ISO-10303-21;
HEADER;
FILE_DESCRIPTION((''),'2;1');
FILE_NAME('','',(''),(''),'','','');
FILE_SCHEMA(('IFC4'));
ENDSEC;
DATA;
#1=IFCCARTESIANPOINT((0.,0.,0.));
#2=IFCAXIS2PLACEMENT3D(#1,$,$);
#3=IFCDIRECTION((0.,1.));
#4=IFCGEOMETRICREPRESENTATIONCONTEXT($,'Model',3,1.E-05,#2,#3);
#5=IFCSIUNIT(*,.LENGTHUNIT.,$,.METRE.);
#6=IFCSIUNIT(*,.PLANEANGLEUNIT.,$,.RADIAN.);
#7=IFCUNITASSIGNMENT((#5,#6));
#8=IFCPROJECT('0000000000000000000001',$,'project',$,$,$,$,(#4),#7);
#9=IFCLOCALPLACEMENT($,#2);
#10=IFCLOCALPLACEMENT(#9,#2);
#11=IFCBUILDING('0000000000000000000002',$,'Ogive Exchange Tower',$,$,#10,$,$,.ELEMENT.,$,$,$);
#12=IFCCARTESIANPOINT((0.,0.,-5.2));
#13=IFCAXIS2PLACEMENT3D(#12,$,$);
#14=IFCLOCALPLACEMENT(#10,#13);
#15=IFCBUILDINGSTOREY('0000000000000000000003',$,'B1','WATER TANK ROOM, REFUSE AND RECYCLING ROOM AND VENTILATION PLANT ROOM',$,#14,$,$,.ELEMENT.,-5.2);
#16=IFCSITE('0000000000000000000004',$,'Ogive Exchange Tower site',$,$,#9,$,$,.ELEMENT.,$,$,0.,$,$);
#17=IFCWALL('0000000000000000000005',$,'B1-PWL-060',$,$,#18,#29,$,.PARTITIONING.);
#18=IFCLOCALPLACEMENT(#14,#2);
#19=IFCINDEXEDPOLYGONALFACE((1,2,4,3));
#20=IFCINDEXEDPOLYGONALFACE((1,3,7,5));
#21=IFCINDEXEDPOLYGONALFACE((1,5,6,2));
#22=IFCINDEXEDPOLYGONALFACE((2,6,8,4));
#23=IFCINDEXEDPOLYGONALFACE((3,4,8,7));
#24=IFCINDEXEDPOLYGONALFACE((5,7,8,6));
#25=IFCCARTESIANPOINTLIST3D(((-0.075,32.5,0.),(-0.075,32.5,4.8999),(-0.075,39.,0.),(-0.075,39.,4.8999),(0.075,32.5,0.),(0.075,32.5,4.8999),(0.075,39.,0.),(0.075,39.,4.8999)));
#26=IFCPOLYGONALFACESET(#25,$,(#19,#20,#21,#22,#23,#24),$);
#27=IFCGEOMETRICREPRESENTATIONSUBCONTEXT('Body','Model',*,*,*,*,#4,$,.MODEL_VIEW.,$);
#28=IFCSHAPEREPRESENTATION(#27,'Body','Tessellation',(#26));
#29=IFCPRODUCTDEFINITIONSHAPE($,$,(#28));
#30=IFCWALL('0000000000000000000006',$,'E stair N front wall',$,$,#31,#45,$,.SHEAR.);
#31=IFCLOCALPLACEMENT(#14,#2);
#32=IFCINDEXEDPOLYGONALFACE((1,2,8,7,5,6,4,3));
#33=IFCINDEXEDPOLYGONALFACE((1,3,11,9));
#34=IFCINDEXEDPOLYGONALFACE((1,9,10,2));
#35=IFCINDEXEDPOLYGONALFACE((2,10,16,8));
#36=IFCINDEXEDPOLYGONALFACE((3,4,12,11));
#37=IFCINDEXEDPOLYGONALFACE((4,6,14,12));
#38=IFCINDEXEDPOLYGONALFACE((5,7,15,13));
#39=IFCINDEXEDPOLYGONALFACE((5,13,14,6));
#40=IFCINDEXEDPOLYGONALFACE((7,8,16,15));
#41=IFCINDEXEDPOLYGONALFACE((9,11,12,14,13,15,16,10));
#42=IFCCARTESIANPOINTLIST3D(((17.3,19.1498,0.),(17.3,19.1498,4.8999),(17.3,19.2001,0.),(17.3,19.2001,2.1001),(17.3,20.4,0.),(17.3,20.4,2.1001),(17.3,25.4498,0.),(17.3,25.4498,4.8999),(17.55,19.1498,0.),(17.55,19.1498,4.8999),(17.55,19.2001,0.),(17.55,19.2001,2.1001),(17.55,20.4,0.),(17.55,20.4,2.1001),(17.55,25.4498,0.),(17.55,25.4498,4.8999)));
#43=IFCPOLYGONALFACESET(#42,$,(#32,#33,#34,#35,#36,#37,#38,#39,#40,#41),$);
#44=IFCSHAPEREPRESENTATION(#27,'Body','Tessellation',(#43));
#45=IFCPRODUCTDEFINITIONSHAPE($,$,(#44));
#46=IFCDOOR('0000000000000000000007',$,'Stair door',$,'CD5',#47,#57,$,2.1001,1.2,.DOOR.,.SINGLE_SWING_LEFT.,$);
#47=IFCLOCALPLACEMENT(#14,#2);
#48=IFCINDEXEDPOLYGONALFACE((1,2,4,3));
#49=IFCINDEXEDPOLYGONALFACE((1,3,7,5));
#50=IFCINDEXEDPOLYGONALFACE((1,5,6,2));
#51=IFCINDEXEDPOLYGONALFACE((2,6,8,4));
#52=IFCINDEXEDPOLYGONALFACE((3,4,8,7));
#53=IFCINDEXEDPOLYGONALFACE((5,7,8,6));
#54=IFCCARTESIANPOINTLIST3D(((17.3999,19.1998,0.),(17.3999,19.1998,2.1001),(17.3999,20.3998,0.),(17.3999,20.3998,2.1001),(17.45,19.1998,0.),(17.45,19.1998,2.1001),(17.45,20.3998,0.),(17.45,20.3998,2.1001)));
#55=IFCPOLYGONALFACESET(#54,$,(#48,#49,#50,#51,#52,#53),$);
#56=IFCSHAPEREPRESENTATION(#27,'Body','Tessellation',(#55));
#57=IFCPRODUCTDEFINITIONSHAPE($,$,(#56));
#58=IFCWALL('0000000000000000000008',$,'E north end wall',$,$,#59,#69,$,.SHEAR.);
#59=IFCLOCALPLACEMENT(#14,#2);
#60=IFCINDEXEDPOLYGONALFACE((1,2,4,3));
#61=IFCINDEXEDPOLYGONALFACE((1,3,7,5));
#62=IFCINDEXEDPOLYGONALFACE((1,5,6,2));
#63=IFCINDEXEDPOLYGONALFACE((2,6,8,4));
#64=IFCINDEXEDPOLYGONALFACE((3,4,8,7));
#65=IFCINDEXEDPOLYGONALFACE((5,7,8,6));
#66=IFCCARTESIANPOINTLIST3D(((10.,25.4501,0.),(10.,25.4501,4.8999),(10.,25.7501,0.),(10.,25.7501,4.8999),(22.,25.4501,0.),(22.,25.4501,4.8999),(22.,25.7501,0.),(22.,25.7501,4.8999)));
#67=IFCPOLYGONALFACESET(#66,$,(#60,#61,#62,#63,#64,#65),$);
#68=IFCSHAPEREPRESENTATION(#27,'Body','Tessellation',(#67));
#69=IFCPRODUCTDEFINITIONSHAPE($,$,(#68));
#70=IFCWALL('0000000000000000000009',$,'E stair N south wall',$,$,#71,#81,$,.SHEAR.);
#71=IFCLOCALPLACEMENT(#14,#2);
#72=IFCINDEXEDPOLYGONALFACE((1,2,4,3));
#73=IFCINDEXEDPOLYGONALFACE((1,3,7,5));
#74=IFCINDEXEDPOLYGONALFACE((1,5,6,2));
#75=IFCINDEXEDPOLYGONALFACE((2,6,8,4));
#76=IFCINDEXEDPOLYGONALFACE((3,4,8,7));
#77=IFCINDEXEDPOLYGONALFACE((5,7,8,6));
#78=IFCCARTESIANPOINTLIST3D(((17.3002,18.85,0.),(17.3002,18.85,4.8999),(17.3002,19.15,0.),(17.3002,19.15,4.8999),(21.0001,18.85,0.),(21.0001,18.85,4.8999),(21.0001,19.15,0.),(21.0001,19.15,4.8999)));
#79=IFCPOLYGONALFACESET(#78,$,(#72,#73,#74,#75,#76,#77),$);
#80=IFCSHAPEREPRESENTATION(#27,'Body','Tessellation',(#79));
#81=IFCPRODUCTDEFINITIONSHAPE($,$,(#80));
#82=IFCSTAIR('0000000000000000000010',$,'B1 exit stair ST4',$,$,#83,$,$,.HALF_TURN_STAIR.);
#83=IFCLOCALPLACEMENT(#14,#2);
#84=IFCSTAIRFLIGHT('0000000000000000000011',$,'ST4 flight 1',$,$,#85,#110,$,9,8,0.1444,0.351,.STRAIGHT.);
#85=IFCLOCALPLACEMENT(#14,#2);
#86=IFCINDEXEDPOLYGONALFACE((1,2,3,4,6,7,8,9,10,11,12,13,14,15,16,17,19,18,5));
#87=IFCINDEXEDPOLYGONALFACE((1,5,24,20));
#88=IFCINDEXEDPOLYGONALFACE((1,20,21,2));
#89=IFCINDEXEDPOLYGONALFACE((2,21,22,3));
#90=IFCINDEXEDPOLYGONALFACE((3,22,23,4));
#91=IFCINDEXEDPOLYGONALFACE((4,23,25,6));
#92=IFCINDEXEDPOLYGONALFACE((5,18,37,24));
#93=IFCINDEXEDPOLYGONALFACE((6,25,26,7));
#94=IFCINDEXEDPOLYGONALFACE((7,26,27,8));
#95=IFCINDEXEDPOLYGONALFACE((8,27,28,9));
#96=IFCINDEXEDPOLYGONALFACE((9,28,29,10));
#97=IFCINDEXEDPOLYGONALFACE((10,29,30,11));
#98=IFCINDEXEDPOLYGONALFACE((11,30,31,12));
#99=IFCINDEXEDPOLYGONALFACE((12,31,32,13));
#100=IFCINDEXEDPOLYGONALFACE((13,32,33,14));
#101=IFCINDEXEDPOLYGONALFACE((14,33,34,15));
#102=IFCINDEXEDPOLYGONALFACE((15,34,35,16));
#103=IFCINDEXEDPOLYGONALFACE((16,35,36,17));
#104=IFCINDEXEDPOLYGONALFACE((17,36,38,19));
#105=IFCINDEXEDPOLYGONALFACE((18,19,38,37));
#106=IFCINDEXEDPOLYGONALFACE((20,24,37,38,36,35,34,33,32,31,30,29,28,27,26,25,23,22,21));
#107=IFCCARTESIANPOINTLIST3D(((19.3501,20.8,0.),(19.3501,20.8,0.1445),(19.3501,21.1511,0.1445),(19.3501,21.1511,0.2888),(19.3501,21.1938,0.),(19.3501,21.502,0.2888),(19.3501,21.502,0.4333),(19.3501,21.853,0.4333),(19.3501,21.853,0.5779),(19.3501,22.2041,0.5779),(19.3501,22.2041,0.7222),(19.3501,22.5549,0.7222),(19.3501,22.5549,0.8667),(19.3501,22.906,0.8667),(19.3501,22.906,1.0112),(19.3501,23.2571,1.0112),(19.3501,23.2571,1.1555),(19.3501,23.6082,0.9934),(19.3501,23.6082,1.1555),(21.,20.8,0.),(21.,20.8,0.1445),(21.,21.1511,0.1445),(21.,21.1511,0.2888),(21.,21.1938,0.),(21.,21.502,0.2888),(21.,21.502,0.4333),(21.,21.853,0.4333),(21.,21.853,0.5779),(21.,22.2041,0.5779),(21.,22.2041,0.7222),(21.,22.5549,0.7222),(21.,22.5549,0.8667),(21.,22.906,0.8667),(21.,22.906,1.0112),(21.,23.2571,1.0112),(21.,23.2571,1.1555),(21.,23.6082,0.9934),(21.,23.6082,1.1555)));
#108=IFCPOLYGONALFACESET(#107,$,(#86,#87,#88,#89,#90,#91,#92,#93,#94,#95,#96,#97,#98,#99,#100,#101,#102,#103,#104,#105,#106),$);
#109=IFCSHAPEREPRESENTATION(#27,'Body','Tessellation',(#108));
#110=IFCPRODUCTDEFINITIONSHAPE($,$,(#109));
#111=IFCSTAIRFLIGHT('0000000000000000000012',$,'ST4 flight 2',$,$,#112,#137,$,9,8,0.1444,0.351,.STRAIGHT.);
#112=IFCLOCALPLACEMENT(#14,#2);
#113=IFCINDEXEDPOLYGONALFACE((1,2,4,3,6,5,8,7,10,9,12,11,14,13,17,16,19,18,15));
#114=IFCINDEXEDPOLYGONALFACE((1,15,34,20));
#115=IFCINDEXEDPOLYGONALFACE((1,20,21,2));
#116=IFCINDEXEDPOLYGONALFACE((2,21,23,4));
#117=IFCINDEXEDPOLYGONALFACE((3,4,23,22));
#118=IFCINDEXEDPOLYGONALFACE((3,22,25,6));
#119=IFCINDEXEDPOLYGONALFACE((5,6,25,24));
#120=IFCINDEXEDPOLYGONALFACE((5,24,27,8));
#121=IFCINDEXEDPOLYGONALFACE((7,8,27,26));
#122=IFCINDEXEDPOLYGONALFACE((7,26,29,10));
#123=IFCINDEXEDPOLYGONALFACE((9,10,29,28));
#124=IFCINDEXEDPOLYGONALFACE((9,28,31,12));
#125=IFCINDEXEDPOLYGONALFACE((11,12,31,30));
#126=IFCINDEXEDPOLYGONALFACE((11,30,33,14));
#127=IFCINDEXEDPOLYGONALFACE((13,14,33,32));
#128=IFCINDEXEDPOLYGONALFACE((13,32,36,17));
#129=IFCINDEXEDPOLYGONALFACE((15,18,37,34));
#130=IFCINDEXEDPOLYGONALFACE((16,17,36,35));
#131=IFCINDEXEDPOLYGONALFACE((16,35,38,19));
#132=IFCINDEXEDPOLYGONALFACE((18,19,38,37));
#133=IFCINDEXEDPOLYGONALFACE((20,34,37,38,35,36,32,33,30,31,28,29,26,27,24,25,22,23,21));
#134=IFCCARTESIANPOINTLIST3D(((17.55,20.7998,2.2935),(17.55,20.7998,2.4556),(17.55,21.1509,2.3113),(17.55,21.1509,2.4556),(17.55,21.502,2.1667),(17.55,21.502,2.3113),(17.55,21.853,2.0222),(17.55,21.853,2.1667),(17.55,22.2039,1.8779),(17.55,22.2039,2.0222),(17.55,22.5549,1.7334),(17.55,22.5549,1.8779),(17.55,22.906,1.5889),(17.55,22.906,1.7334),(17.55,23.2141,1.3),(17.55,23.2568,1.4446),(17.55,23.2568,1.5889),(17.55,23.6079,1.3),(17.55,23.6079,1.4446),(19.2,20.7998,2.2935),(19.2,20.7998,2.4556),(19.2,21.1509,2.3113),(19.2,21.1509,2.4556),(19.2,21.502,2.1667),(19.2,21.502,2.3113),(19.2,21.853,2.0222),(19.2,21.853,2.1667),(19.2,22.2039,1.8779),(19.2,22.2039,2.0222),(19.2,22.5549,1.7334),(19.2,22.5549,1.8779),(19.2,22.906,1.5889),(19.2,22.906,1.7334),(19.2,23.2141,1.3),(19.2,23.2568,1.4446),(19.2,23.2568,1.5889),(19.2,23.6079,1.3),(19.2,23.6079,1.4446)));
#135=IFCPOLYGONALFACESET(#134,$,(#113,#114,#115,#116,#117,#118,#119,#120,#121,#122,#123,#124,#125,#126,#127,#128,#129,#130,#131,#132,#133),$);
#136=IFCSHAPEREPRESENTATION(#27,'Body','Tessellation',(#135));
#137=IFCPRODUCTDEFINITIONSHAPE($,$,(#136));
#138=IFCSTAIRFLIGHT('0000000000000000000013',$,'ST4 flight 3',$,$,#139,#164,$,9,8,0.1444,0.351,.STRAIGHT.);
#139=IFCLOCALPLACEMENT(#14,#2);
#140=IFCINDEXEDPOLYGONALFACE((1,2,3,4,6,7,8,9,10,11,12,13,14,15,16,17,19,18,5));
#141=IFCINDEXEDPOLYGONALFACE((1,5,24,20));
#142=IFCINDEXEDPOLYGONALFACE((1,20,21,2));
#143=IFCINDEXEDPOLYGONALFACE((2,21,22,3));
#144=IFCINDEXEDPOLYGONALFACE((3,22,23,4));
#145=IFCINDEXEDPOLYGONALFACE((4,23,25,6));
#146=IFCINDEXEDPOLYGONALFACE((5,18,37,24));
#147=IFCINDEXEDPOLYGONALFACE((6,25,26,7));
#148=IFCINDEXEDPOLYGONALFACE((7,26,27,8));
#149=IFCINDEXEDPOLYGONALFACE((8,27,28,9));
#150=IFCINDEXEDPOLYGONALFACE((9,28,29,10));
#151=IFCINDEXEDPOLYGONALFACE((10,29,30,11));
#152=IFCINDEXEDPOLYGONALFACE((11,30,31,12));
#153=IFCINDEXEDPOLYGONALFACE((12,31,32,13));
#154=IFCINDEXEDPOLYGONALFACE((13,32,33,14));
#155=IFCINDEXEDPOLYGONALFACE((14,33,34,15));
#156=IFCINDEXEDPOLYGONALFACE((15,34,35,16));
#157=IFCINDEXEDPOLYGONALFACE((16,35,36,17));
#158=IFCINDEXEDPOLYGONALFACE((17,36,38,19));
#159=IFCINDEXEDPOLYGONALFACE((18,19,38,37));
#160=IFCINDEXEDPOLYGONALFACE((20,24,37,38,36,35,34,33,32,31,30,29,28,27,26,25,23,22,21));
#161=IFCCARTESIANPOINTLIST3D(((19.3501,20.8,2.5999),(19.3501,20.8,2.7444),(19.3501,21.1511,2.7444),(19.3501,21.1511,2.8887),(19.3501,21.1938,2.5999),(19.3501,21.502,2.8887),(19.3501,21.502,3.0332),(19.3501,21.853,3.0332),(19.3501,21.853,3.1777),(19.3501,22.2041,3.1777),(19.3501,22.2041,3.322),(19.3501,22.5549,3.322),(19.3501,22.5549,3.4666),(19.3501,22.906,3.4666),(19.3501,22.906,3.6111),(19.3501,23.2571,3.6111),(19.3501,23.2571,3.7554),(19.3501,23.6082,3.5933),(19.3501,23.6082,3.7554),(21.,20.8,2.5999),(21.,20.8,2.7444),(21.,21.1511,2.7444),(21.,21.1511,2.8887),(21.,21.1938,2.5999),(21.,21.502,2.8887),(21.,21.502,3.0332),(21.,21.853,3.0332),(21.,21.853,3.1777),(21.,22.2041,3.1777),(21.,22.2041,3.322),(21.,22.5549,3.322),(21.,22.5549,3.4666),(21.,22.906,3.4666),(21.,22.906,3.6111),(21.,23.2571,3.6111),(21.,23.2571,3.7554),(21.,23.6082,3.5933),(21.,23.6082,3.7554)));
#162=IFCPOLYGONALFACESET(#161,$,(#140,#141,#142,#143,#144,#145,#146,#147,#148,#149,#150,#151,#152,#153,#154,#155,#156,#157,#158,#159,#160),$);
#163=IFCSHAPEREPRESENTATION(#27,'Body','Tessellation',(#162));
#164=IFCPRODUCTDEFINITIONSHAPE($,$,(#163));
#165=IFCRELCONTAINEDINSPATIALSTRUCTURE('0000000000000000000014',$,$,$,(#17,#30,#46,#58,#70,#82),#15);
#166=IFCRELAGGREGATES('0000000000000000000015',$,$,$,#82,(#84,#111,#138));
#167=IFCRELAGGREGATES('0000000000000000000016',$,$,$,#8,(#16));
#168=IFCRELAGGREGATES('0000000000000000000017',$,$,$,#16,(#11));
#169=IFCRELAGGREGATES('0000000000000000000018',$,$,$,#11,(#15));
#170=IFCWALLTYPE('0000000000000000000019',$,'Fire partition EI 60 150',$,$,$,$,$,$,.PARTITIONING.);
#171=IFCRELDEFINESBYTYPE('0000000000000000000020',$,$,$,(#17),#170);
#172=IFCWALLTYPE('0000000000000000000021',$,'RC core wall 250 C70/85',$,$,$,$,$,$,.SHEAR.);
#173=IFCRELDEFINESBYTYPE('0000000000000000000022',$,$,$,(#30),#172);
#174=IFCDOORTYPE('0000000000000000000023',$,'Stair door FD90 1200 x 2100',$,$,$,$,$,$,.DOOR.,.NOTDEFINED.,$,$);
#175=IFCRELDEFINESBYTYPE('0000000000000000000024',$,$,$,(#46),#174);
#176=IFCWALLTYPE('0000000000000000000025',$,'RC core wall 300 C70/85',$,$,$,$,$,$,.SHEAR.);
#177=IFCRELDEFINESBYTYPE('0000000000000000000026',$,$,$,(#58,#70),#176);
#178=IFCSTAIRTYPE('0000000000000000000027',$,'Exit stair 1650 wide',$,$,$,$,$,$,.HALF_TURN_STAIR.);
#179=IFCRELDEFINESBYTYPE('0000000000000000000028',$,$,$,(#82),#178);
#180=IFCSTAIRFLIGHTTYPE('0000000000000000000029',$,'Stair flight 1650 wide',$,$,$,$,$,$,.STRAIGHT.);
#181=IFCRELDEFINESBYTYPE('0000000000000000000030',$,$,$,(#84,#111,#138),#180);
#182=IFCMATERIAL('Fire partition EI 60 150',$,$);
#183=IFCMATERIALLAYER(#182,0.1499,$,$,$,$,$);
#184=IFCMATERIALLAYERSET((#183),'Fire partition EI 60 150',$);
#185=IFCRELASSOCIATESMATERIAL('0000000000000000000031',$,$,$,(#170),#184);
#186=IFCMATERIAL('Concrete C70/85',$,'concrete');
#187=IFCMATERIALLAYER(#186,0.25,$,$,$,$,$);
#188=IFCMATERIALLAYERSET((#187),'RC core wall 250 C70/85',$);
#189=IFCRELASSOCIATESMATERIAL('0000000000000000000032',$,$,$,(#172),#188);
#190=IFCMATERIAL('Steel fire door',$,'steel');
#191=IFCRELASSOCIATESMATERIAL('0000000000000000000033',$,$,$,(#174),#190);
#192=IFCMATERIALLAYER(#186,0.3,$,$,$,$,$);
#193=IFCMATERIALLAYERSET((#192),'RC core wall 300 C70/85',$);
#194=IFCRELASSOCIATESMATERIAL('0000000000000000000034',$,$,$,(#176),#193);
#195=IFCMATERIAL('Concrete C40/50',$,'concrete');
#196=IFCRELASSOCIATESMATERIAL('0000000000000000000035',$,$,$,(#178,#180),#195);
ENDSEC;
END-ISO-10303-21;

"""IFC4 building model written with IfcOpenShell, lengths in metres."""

from ifc_helpers import new_model, si_unit, direction, frame, frame_2d, origin, place, context, subcontext, project, spatial, polyline, rectangle, outline, extrude, material, layer, layer_set, type_object, element, fill, aggregate, save


model = new_model("IFC4")

# Units and contexts
model_context = context("Model", 3, precision=1e-05, world=origin(), true_north=direction((0.0, 1.0)))
body_context = subcontext(model_context, "Body", "Model", "MODEL_VIEW")
ifc_project = project(units=[si_unit("LENGTHUNIT", "METRE"), si_unit("PLANEANGLEUNIT", "RADIAN")], contexts=[model_context])

# Site, building, storey
site_placement = place(None, origin())
site = spatial("IfcSite", under=ifc_project, at=site_placement, Name="Ogive Exchange Tower site", CompositionType="ELEMENT", RefElevation=0.0)
building_placement = place(site_placement, origin())
building = spatial("IfcBuilding", under=site, at=building_placement, Name="Ogive Exchange Tower", CompositionType="ELEMENT")
storey_placement = place(building_placement, frame((0.0, 0.0, -5.2)))
storey = spatial("IfcBuildingStorey", under=building, at=storey_placement, Name="B1", Description="WATER TANK ROOM, REFUSE AND RECYCLING ROOM AND VENTILATION PLANT ROOM", CompositionType="ELEMENT", Elevation=-5.2)

# Shared definitions
ifc_material_1 = material(Name="Concrete C70/85", Category="concrete")

# Shared definitions
ifc_material_2 = material(Name="Fire partition EI 60 150")
ifc_layer_1 = layer(ifc_material_2, 0.1499)
ifc_layer_set_1 = layer_set([ifc_layer_1], Name="Fire partition EI 60 150")
wall_type_1 = type_object("IfcWallType", Name="Fire partition EI 60 150", PredefinedType="PARTITIONING", material=ifc_layer_set_1)

# Wall
wall_1_placement = place(storey_placement, frame((0.0, 32.5, 0.0), z_axis=(0.0, 0.0, 1.0), x_axis=(0.0, 1.0, 0.0)))
element("IfcWall", 1, at=wall_1_placement, inside=storey, type_object=wall_type_1, Name="B1-PWL-060", PredefinedType="PARTITIONING", context=body_context, shape_type="SweptSolid", body=[
    extrude(rectangle(XDim=6.5, YDim=0.1499, at=frame_2d((3.25, 0.0))), origin(), (0.0, 0.0, 1.0), 4.8999),
])

# Wall, opening, door
ifc_layer_2 = layer(ifc_material_1, 0.25)
ifc_layer_set_2 = layer_set([ifc_layer_2], Name="RC core wall 250 C70/85")
wall_type_2 = type_object("IfcWallType", Name="RC core wall 250 C70/85", PredefinedType="SHEAR", material=ifc_layer_set_2)
wall_2_placement = place(storey_placement, frame((17.425, 19.1499, 0.0), z_axis=(0.0, 0.0, 1.0), x_axis=(0.0, 1.0, 0.0)))
wall_2 = element("IfcWall", 2, at=wall_2_placement, inside=storey, type_object=wall_type_2, Name="E stair N front wall", PredefinedType="SHEAR", context=body_context, shape_type="SweptSolid", body=[
    extrude(rectangle(XDim=6.3, YDim=0.25, at=frame_2d((3.1499, 0.0))), origin(), (0.0, 0.0, 1.0), 4.8999),
])
opening_1_placement = place(wall_2_placement, frame((0.05, 0.0, 0.0)))
opening_1 = element("IfcOpeningElement", 3, at=opening_1_placement, cuts=wall_2, PredefinedType="OPENING", context=body_context, shape_type="SweptSolid", body=[
    extrude(rectangle(XDim=1.2, YDim=2.1001, at=frame_2d((0.6001, 1.05))), frame((0.0, 0.135, 0.0), z_axis=(0.0, -1.0, 0.0), x_axis=(1.0, 0.0, 0.0)), (0.0, 0.0, 1.0), 0.27),
])
ifc_material_3 = material(Name="Steel fire door", Category="steel")
door_type_1 = type_object("IfcDoorType", Name="Stair door FD90 1200 x 2100", OperationType="NOTDEFINED", PredefinedType="DOOR", material=ifc_material_3)
door_1_placement = place(opening_1_placement, frame((1.2, 0.0, 0.0), z_axis=(0.0, 0.0, 1.0), x_axis=(-1.0, 0.0, 0.0)))
door_1 = element("IfcDoor", 4, at=door_1_placement, inside=storey, type_object=door_type_1, Name="Stair door", ObjectType="CD5", OperationType="SINGLE_SWING_LEFT", OverallHeight=2.1001, OverallWidth=1.2, PredefinedType="DOOR", context=body_context, shape_type="SweptSolid", body=[
    extrude(rectangle(XDim=1.2, YDim=2.1001, at=frame_2d((0.6001, 1.05))), frame((0.0, 0.0249, 0.0), z_axis=(0.0, -1.0, 0.0), x_axis=(1.0, 0.0, 0.0)), (0.0, 0.0, 1.0), 0.05),
])
fill(opening_1, door_1)

# Walls
ifc_layer_3 = layer(ifc_material_1, 0.3)
ifc_layer_set_3 = layer_set([ifc_layer_3], Name="RC core wall 300 C70/85")
wall_type_3 = type_object("IfcWallType", Name="RC core wall 300 C70/85", PredefinedType="SHEAR", material=ifc_layer_set_3)
wall_3_placement = place(storey_placement, frame((10.0, 25.6001, 0.0), z_axis=(0.0, 0.0, 1.0), x_axis=(1.0, 0.0, 0.0)))
element("IfcWall", 5, at=wall_3_placement, inside=storey, type_object=wall_type_3, Name="E north end wall", PredefinedType="SHEAR", context=body_context, shape_type="SweptSolid", body=[
    extrude(rectangle(XDim=12.0, YDim=0.3, at=frame_2d((6.0, 0.0))), origin(), (0.0, 0.0, 1.0), 4.8999),
])
wall_4_placement = place(storey_placement, frame((17.3, 19.0, 0.0), z_axis=(0.0, 0.0, 1.0), x_axis=(1.0, 0.0, 0.0)))
element("IfcWall", 6, at=wall_4_placement, inside=storey, type_object=wall_type_3, Name="E stair N south wall", PredefinedType="SHEAR", context=body_context, shape_type="SweptSolid", body=[
    extrude(rectangle(XDim=3.7, YDim=0.3, at=frame_2d((1.8501, 0.0))), origin(), (0.0, 0.0, 1.0), 4.8999),
])

# Stair, stair flights
ifc_material_4 = material(Name="Concrete C40/50", Category="concrete")
stair_type = type_object("IfcStairType", Name="Exit stair 1650 wide", PredefinedType="HALF_TURN_STAIR", material=ifc_material_4)
stair_placement = place(storey_placement, origin())
stair = element("IfcStair", 7, at=stair_placement, inside=storey, type_object=stair_type, Name="B1 exit stair ST4", PredefinedType="HALF_TURN_STAIR")
stair_flight_type = type_object("IfcStairFlightType", Name="Stair flight 1650 wide", PredefinedType="STRAIGHT", material=ifc_material_4)
stair_flight_1_placement = place(storey_placement, frame((20.175, 20.8, 0.0), z_axis=(0.0, 0.0, 1.0), x_axis=(0.0, 1.0, 0.0)))
stair_flight_1 = element("IfcStairFlight", 8, at=stair_flight_1_placement, type_object=stair_flight_type, Name="ST4 flight 1", NumberOfRisers=9, NumberOfTreads=8, PredefinedType="STRAIGHT", RiserHeight=0.1444, TreadLength=0.351, context=body_context, shape_type="SweptSolid", body=[
    extrude(outline(polyline([(0.0, 0.0), (0.0, 0.1445), (0.3511, 0.1445), (0.3511, 0.2888), (0.7019, 0.2888), (0.7019, 0.4333), (1.053, 0.4333), (1.053, 0.5779), (1.4041, 0.5779), (1.4041, 0.7222), (1.7549, 0.7222), (1.7549, 0.8667), (2.106, 0.8667), (2.106, 1.0112), (2.457, 1.0112), (2.457, 1.1555), (2.8081, 1.1555), (2.8081, 1.3), (2.8081, 0.9934), (0.3938, 0.0), (0.0, 0.0)])), frame((0.0, 0.825, 0.0), z_axis=(0.0, -1.0, 0.0), x_axis=(1.0, 0.0, 0.0)), (0.0, 0.0, 1.0), 1.6499),
])
stair_flight_2_placement = place(storey_placement, frame((18.375, 23.6079, 1.3), z_axis=(0.0, 0.0, 1.0), x_axis=(0.0, -1.0, 0.0)))
stair_flight_2 = element("IfcStairFlight", 9, at=stair_flight_2_placement, type_object=stair_flight_type, Name="ST4 flight 2", NumberOfRisers=9, NumberOfTreads=8, PredefinedType="STRAIGHT", RiserHeight=0.1444, TreadLength=0.351, context=body_context, shape_type="SweptSolid", body=[
    extrude(outline(polyline([(0.0, 0.0), (0.0, 0.1445), (0.3511, 0.1445), (0.3511, 0.2888), (0.7019, 0.2888), (0.7019, 0.4333), (1.053, 0.4333), (1.053, 0.5779), (1.4041, 0.5779), (1.4041, 0.7222), (1.7549, 0.7222), (1.7549, 0.8667), (2.106, 0.8667), (2.106, 1.0112), (2.457, 1.0112), (2.457, 1.1555), (2.8081, 1.1555), (2.8081, 1.3), (2.8081, 0.9934), (0.3938, 0.0), (0.0, 0.0)])), frame((0.0, 0.825, 0.0), z_axis=(0.0, -1.0, 0.0), x_axis=(1.0, 0.0, 0.0)), (0.0, 0.0, 1.0), 1.6499),
])
stair_flight_3_placement = place(storey_placement, frame((20.175, 20.8, 2.5999), z_axis=(0.0, 0.0, 1.0), x_axis=(0.0, 1.0, 0.0)))
stair_flight_3 = element("IfcStairFlight", 10, at=stair_flight_3_placement, type_object=stair_flight_type, Name="ST4 flight 3", NumberOfRisers=9, NumberOfTreads=8, PredefinedType="STRAIGHT", RiserHeight=0.1444, TreadLength=0.351, context=body_context, shape_type="SweptSolid", body=[
    extrude(outline(polyline([(0.0, 0.0), (0.0, 0.1445), (0.3511, 0.1445), (0.3511, 0.2888), (0.7019, 0.2888), (0.7019, 0.4333), (1.053, 0.4333), (1.053, 0.5779), (1.4041, 0.5779), (1.4041, 0.7222), (1.7549, 0.7222), (1.7549, 0.8667), (2.106, 0.8667), (2.106, 1.0112), (2.457, 1.0112), (2.457, 1.1555), (2.8081, 1.1555), (2.8081, 1.3), (2.8081, 0.9934), (0.3938, 0.0), (0.0, 0.0)])), frame((0.0, 0.825, 0.0), z_axis=(0.0, -1.0, 0.0), x_axis=(1.0, 0.0, 0.0)), (0.0, 0.0, 1.0), 1.6499),
])
aggregate(stair, [stair_flight_1, stair_flight_2, stair_flight_3])

save(model, "model.ifc")
